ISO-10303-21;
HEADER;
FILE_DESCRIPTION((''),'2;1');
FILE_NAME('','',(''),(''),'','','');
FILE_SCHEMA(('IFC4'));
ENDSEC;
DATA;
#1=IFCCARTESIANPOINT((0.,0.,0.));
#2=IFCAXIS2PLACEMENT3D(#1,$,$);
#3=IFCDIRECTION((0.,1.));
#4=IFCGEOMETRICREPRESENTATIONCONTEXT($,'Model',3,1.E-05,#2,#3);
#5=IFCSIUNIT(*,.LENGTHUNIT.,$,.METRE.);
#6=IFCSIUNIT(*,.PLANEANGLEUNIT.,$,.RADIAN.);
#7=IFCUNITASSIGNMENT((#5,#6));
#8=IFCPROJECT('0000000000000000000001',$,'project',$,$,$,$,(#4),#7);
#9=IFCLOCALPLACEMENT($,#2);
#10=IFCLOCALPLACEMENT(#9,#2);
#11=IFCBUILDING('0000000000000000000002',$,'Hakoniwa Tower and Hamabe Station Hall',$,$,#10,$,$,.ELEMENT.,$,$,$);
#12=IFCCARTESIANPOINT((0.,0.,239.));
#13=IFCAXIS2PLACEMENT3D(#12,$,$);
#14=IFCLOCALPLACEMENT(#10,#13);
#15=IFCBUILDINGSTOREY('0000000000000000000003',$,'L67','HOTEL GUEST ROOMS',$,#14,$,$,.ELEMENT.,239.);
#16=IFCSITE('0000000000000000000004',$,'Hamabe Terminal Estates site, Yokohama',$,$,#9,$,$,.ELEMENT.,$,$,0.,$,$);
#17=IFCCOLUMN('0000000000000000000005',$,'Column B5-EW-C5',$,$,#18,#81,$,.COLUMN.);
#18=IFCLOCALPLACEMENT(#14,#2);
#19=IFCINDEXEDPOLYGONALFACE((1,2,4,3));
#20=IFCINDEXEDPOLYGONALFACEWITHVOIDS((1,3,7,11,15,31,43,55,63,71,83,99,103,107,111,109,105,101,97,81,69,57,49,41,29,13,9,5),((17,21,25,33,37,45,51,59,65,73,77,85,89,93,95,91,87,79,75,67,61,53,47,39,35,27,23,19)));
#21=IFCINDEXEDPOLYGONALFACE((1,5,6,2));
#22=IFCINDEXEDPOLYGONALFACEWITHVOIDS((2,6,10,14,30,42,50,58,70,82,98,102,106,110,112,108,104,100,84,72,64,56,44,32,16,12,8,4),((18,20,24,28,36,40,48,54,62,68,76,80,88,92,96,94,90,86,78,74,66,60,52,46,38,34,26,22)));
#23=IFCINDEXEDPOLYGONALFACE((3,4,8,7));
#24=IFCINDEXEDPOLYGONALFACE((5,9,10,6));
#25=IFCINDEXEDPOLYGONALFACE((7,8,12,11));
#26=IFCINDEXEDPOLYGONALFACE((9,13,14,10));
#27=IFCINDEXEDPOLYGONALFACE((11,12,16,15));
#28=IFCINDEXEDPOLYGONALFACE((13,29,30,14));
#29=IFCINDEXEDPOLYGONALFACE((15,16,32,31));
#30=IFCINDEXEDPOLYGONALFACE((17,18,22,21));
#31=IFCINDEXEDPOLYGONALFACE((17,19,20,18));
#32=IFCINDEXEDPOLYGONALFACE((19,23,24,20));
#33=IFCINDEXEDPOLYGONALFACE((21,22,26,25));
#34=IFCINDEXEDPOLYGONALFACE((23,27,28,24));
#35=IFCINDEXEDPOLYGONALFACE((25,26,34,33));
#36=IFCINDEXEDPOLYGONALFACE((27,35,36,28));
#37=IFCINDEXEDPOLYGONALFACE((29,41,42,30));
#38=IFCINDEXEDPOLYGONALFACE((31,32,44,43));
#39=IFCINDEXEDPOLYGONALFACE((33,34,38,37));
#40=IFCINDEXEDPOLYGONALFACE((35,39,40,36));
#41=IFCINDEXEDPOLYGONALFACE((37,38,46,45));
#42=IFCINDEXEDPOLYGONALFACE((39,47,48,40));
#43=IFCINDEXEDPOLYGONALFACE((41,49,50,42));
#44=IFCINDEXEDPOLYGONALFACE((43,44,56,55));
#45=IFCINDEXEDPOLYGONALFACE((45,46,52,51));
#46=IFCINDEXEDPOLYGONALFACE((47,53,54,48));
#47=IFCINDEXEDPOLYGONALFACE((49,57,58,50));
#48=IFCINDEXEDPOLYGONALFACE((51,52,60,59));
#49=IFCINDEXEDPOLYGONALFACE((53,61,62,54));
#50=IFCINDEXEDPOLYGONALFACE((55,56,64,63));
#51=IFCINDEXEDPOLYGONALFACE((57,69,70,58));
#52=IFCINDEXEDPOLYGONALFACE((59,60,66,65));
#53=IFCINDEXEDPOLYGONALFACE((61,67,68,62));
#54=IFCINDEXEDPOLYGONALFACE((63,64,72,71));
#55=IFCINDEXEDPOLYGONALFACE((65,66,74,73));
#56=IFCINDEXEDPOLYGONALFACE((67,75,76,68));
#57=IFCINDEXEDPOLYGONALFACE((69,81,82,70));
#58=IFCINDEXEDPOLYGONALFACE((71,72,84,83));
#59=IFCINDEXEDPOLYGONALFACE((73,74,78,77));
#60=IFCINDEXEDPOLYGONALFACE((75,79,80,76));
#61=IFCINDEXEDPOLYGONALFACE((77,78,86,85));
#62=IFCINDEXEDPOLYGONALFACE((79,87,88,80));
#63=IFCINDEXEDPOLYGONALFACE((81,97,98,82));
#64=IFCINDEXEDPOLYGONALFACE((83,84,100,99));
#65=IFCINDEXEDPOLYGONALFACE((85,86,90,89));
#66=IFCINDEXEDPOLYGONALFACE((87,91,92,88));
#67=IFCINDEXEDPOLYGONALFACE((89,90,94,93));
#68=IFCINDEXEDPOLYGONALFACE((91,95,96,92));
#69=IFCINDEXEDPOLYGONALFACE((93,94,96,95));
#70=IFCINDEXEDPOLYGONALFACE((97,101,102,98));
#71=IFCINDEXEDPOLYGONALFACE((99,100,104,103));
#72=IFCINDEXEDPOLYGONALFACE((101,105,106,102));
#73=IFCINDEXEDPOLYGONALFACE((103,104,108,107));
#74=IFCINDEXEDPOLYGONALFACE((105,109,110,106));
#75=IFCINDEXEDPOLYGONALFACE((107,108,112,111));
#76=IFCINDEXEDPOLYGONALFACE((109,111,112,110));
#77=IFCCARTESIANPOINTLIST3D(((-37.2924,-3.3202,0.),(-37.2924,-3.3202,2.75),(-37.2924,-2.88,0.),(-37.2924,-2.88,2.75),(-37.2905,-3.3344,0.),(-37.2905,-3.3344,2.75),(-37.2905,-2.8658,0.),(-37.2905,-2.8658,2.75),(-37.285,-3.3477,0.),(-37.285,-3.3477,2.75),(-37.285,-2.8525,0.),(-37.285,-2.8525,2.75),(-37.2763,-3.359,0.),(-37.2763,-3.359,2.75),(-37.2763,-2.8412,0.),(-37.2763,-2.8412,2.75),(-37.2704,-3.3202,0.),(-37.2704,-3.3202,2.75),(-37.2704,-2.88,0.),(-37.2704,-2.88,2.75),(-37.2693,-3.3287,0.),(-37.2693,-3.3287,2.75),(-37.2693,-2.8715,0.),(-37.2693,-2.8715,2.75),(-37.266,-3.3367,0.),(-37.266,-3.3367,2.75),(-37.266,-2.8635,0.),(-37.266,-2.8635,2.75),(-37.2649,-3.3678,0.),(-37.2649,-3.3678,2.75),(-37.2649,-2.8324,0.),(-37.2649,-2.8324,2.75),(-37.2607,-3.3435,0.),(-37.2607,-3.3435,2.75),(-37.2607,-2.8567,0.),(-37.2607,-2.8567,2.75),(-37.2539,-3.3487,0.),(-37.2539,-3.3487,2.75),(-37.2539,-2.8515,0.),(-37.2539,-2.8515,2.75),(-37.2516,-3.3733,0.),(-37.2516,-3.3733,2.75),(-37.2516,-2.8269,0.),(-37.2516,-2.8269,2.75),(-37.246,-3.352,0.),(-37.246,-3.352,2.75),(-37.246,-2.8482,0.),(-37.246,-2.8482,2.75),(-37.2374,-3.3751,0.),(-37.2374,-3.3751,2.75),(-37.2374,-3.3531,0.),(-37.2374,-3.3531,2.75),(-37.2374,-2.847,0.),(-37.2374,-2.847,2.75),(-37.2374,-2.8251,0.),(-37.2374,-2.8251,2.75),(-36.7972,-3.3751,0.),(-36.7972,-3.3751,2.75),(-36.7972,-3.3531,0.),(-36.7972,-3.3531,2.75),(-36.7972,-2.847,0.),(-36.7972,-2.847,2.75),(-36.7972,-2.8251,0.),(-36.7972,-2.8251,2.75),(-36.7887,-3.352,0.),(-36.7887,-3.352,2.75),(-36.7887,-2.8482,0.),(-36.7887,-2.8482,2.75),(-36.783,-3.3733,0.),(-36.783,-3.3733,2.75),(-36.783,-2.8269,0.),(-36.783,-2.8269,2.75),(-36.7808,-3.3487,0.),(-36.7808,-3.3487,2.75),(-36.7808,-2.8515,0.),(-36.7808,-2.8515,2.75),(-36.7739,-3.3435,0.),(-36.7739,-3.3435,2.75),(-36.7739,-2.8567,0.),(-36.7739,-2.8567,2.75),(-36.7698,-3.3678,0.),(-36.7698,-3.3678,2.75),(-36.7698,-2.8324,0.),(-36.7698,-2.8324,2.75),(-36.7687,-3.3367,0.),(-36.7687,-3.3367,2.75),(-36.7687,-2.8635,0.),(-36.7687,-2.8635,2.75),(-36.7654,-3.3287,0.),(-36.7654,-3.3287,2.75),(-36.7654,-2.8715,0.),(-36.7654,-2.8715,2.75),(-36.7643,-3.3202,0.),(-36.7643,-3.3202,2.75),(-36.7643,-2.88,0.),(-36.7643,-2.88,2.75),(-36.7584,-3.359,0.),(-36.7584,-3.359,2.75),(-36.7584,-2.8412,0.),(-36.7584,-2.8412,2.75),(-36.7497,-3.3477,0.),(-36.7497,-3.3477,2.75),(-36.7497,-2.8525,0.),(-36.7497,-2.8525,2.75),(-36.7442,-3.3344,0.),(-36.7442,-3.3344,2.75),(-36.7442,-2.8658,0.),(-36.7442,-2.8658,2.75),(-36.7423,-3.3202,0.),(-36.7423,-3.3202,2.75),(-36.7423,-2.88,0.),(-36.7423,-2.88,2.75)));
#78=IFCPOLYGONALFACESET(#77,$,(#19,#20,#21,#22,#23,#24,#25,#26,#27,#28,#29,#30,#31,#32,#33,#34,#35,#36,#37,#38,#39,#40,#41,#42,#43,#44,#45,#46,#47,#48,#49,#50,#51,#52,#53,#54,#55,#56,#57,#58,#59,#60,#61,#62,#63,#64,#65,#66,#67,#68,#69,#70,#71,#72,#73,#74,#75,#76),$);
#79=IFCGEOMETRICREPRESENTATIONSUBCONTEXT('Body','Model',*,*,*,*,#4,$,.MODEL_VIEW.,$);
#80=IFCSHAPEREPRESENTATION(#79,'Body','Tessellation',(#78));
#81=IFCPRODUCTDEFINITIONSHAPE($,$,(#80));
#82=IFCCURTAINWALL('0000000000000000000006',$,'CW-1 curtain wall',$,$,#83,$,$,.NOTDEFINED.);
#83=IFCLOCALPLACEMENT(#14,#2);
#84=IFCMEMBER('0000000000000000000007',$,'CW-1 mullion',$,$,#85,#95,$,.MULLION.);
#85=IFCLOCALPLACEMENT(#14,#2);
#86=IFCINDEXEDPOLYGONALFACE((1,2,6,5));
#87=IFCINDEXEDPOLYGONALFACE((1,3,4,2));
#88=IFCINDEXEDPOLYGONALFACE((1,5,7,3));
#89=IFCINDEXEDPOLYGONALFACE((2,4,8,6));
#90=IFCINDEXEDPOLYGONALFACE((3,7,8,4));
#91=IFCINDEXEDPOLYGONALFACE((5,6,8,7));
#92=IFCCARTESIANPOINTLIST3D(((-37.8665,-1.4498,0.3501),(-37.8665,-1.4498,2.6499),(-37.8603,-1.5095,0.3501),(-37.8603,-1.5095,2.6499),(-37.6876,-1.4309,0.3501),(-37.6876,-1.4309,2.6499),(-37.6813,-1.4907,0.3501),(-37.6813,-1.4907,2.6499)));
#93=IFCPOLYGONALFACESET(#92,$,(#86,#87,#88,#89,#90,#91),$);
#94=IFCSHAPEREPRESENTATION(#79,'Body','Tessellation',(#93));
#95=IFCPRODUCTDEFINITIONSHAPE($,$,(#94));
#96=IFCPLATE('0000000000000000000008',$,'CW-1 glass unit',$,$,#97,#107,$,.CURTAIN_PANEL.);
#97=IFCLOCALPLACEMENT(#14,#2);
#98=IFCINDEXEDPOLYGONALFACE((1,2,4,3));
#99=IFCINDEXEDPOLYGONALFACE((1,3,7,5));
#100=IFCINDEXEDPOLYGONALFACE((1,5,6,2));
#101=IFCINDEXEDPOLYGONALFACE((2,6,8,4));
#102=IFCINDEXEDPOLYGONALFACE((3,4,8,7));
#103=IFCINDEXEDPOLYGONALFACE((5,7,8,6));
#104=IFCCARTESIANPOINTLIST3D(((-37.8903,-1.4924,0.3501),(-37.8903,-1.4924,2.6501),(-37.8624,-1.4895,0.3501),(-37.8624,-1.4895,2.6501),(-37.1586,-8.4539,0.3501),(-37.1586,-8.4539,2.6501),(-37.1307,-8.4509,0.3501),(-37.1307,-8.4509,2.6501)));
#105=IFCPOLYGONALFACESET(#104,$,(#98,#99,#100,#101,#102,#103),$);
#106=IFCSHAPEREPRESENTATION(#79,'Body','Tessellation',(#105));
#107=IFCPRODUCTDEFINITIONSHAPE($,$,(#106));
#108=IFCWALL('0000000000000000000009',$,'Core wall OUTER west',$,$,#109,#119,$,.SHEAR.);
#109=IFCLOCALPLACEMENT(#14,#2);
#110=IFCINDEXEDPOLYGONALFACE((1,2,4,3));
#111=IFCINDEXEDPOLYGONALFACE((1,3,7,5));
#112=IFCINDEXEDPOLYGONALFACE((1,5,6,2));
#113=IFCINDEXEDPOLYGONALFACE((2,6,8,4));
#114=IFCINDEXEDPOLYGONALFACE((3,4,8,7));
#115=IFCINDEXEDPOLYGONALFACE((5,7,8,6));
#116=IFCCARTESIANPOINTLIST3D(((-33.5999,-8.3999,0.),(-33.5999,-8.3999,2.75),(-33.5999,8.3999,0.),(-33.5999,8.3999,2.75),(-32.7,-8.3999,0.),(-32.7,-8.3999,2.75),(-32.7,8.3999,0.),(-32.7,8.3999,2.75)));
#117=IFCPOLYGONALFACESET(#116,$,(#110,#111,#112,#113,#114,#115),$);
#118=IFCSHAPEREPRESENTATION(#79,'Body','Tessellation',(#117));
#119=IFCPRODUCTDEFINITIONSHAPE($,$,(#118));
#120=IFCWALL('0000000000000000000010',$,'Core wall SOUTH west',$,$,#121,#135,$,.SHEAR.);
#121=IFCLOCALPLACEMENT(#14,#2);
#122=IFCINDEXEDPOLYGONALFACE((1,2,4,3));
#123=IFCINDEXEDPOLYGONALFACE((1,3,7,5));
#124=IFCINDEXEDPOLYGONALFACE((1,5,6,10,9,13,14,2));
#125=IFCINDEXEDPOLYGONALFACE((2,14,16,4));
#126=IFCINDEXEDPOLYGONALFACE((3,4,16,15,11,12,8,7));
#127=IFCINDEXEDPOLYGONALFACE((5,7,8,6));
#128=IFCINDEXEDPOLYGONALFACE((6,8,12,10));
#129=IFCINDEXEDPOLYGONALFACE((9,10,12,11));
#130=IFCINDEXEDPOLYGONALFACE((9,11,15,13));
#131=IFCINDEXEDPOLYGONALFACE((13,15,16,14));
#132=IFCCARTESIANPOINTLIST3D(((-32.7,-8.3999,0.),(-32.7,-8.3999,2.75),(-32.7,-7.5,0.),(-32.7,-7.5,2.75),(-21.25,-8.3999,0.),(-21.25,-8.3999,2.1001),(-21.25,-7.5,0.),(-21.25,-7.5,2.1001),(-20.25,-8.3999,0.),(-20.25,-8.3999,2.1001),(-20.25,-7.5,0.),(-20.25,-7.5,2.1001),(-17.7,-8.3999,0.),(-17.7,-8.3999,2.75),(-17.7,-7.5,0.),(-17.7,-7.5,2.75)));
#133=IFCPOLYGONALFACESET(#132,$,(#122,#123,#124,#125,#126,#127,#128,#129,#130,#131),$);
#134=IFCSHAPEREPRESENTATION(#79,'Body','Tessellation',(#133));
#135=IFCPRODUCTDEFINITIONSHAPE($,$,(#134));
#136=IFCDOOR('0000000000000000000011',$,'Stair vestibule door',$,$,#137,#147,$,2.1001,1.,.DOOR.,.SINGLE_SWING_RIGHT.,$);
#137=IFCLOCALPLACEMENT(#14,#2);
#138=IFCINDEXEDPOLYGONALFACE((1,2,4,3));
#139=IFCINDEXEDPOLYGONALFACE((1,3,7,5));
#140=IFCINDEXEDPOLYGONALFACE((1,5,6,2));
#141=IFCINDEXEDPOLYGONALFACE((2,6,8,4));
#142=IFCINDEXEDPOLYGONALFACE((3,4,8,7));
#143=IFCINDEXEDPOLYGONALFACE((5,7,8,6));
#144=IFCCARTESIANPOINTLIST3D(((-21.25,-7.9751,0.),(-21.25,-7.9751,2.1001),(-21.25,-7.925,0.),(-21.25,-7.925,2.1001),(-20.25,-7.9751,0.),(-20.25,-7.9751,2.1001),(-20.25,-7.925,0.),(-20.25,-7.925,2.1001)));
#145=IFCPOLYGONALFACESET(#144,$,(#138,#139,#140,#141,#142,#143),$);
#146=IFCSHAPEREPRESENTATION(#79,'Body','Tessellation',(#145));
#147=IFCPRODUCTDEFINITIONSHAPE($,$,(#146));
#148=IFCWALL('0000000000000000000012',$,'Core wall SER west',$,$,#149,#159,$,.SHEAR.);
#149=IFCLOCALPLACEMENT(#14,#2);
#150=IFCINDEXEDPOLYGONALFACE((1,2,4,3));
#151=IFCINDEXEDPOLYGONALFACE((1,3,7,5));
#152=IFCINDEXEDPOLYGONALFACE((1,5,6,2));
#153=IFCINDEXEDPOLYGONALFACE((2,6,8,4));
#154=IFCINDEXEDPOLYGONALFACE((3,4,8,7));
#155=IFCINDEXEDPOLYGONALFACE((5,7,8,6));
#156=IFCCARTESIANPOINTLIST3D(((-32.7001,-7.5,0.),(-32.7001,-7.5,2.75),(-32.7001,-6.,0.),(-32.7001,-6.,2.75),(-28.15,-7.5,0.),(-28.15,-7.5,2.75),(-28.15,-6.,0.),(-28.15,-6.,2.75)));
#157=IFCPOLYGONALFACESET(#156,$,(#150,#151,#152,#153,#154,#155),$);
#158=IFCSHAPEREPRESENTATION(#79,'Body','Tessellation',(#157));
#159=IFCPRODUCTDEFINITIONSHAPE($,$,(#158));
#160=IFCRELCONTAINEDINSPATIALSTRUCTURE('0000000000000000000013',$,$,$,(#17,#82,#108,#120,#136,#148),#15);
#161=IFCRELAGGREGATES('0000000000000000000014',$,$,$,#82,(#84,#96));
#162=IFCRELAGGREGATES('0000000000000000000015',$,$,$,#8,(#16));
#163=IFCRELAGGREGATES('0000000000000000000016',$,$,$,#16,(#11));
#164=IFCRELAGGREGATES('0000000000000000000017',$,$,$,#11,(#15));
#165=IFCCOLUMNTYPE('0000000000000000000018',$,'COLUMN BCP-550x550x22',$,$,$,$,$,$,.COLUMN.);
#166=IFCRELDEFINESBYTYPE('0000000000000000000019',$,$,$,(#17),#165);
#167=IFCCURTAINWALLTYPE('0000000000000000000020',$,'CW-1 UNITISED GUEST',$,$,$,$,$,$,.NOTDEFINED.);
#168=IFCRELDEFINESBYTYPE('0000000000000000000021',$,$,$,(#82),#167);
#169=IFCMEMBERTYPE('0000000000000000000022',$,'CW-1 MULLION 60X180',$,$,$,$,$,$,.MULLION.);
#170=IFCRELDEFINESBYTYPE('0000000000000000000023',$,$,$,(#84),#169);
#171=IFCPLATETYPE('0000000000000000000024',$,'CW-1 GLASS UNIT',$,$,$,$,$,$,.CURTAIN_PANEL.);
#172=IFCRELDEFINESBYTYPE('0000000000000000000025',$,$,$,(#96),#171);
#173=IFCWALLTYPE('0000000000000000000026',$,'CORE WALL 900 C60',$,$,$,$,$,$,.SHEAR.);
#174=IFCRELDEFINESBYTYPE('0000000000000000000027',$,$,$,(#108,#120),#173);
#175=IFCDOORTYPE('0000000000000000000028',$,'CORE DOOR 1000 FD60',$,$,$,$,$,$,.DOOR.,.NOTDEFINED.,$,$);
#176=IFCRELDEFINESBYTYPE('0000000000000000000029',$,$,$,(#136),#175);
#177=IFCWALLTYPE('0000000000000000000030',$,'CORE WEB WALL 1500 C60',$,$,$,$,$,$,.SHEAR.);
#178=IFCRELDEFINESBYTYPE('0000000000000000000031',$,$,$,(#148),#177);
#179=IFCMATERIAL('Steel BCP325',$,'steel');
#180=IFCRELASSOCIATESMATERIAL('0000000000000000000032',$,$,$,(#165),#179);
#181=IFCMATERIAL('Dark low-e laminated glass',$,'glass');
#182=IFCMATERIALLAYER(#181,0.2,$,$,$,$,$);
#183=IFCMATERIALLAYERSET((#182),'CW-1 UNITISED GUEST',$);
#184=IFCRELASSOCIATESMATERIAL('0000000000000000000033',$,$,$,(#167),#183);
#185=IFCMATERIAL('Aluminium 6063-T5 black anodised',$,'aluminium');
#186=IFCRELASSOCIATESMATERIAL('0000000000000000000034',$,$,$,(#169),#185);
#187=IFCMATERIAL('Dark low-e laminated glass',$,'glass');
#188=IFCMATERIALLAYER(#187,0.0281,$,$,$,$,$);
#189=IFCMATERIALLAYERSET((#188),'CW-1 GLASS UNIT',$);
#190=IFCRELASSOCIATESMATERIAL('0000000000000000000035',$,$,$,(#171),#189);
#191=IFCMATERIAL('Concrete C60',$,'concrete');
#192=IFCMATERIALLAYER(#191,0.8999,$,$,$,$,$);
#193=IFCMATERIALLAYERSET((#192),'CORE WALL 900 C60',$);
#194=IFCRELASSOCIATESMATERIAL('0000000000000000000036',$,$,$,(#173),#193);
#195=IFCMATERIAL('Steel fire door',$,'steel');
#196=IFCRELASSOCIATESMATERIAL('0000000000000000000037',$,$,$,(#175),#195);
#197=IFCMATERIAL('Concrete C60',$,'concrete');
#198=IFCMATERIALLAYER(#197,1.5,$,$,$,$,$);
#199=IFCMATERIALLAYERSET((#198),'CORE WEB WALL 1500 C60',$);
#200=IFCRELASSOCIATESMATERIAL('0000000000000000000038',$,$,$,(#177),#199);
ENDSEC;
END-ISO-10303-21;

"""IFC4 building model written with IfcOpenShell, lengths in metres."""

from ifc_helpers import new_model, si_unit, direction, frame, frame_2d, origin, origin_2d, place, context, subcontext, project, spatial, rectangle, hollow_rectangle, extrude, material, layer, layer_set, material_profile, profile_set, type_object, element, fill, aggregate, save


model = new_model("IFC4")

# Units and contexts
model_context = context("Model", 3, precision=1e-05, world=origin(), true_north=direction((0.0, 1.0)))
body_context = subcontext(model_context, "Body", "Model", "MODEL_VIEW")
ifc_project = project(units=[si_unit("LENGTHUNIT", "METRE"), si_unit("PLANEANGLEUNIT", "RADIAN")], contexts=[model_context])

# Site, building, storey
site_placement = place(None, origin())
site = spatial("IfcSite", under=ifc_project, at=site_placement, Name="Hamabe Terminal Estates site, Yokohama", CompositionType="ELEMENT", RefElevation=0.0)
building_placement = place(site_placement, origin())
building = spatial("IfcBuilding", under=site, at=building_placement, Name="Hakoniwa Tower and Hamabe Station Hall", CompositionType="ELEMENT")
storey_placement = place(building_placement, frame((0.0, 0.0, 239.0)))
storey = spatial("IfcBuildingStorey", under=building, at=storey_placement, Name="L67", Description="HOTEL GUEST ROOMS", CompositionType="ELEMENT", Elevation=239.0)

# Column
ifc_material_1 = material(Name="Steel BCP325", Category="steel")
ifc_material_profile_1 = material_profile(ifc_material_1, hollow_rectangle(XDim=0.55, YDim=0.55, WallThickness=0.022, InnerFilletRadius=0.033, OuterFilletRadius=0.0549, at=origin_2d()), Name="BCP-550x550x22")
ifc_profile_set_1 = profile_set([ifc_material_profile_1], Name="Steel BCP325")
column_type = type_object("IfcColumnType", Name="COLUMN BCP-550x550x22", PredefinedType="COLUMN", material=ifc_profile_set_1)
column_placement = place(storey_placement, frame((-37.0173, -3.1001, 0.0), z_axis=(0.0, 0.0, 1.0), x_axis=(1.0, 0.0, 0.0)))
element("IfcColumn", 1, at=column_placement, inside=storey, type_object=column_type, Name="Column B5-EW-C5", PredefinedType="COLUMN", context=body_context, shape_type="SweptSolid", body=[
    extrude(hollow_rectangle(XDim=0.55, YDim=0.55, WallThickness=0.022, InnerFilletRadius=0.033, OuterFilletRadius=0.0549, at=origin_2d()), origin(), (0.0, 0.0, 1.0), 2.75),
])

# Curtain wall, member, plate
ifc_material_2 = material(Name="Dark low-e laminated glass", Category="glass")
ifc_layer_1 = layer(ifc_material_2, 0.2)
ifc_layer_set_1 = layer_set([ifc_layer_1], Name="CW-1 UNITISED GUEST")
curtain_wall_type = type_object("IfcCurtainWallType", Name="CW-1 UNITISED GUEST", PredefinedType="NOTDEFINED", material=ifc_layer_set_1)
curtain_wall_placement = place(storey_placement, origin())
curtain_wall = element("IfcCurtainWall", 2, at=curtain_wall_placement, inside=storey, type_object=curtain_wall_type, Name="CW-1 curtain wall", PredefinedType="NOTDEFINED")
ifc_material_3 = material(Name="Aluminium 6063-T5 black anodised", Category="aluminium")
ifc_material_profile_2 = material_profile(ifc_material_3, rectangle(XDim=0.0601, YDim=0.1799, at=origin_2d()), Name="CW-1 MULLION 60X180")
ifc_profile_set_2 = profile_set([ifc_material_profile_2], Name="Aluminium 6063-T5 black anodised")
member_type = type_object("IfcMemberType", Name="CW-1 MULLION 60X180", PredefinedType="MULLION", material=ifc_profile_set_2)
member_placement = place(storey_placement, frame((-37.7739, -1.4702, 0.3501), z_axis=(0.0, 0.0, 1.0), x_axis=(0.104528, -0.994522, 0.0)))
member = element("IfcMember", 3, at=member_placement, type_object=member_type, Name="CW-1 mullion", PredefinedType="MULLION", context=body_context, shape_type="SweptSolid", body=[
    extrude(rectangle(XDim=0.0601, YDim=0.1799, at=origin_2d()), origin(), (0.0, 0.0, 1.0), 2.2998),
])
ifc_material_4 = material(Name="Dark low-e laminated glass", Category="glass")
ifc_layer_2 = layer(ifc_material_4, 0.0281)
ifc_layer_set_2 = layer_set([ifc_layer_2], Name="CW-1 GLASS UNIT")
plate_type = type_object("IfcPlateType", Name="CW-1 GLASS UNIT", PredefinedType="CURTAIN_PANEL", material=ifc_layer_set_2)
plate_placement = place(storey_placement, frame((-37.5105, -4.9717, 0.3501), z_axis=(0.0, 0.0, 1.0), x_axis=(0.104528, -0.994522, 0.0)))
plate = element("IfcPlate", 4, at=plate_placement, type_object=plate_type, Name="CW-1 glass unit", PredefinedType="CURTAIN_PANEL", context=body_context, shape_type="SweptSolid", body=[
    extrude(rectangle(XDim=6.9998, YDim=0.0281, at=origin_2d()), origin(), (0.0, 0.0, 1.0), 2.3),
])
aggregate(curtain_wall, [member, plate])

# Wall
ifc_material_5 = material(Name="Concrete C60", Category="concrete")
ifc_layer_3 = layer(ifc_material_5, 0.8999)
ifc_layer_set_3 = layer_set([ifc_layer_3], Name="CORE WALL 900 C60")
wall_type_1 = type_object("IfcWallType", Name="CORE WALL 900 C60", PredefinedType="SHEAR", material=ifc_layer_set_3)
wall_1_placement = place(storey_placement, frame((-33.1499, -8.3999, 0.0), z_axis=(0.0, 0.0, 1.0), x_axis=(0.0, 1.0, 0.0)))
element("IfcWall", 5, at=wall_1_placement, inside=storey, type_object=wall_type_1, Name="Core wall OUTER west", PredefinedType="SHEAR", context=body_context, shape_type="SweptSolid", body=[
    extrude(rectangle(XDim=16.7998, YDim=0.8999, at=frame_2d((8.3999, 0.0))), origin(), (0.0, 0.0, 1.0), 2.75),
])

# Wall, opening, door
wall_2_placement = place(storey_placement, frame((-32.7, -7.95, 0.0), z_axis=(0.0, 0.0, 1.0), x_axis=(1.0, 0.0, 0.0)))
wall_2 = element("IfcWall", 6, at=wall_2_placement, inside=storey, type_object=wall_type_1, Name="Core wall SOUTH west", PredefinedType="SHEAR", context=body_context, shape_type="SweptSolid", body=[
    extrude(rectangle(XDim=15.0, YDim=0.8999, at=frame_2d((7.5, 0.0))), origin(), (0.0, 0.0, 1.0), 2.75),
])
opening_1_placement = place(wall_2_placement, frame((11.45, 0.0, 0.0)))
opening_1 = element("IfcOpeningElement", 7, at=opening_1_placement, cuts=wall_2, PredefinedType="OPENING", context=body_context, shape_type="SweptSolid", body=[
    extrude(rectangle(XDim=1.0, YDim=2.1001, at=frame_2d((0.5, 1.05))), frame((0.0, 0.46, 0.0), z_axis=(0.0, -1.0, 0.0), x_axis=(1.0, 0.0, 0.0)), (0.0, 0.0, 1.0), 0.9199),
])
ifc_material_6 = material(Name="Steel fire door", Category="steel")
door_type_1 = type_object("IfcDoorType", Name="CORE DOOR 1000 FD60", OperationType="NOTDEFINED", PredefinedType="DOOR", material=ifc_material_6)
door_1_placement = place(opening_1_placement, origin())
door_1 = element("IfcDoor", 8, at=door_1_placement, inside=storey, type_object=door_type_1, Name="Stair vestibule door", OperationType="SINGLE_SWING_RIGHT", OverallHeight=2.1001, OverallWidth=1.0, PredefinedType="DOOR", context=body_context, shape_type="SweptSolid", body=[
    extrude(rectangle(XDim=1.0, YDim=2.1001, at=frame_2d((0.5, 1.05))), frame((0.0, 0.0249, 0.0), z_axis=(0.0, -1.0, 0.0), x_axis=(1.0, 0.0, 0.0)), (0.0, 0.0, 1.0), 0.05),
])
fill(opening_1, door_1)

# Wall
ifc_material_7 = material(Name="Concrete C60", Category="concrete")
ifc_layer_4 = layer(ifc_material_7, 1.5)
ifc_layer_set_4 = layer_set([ifc_layer_4], Name="CORE WEB WALL 1500 C60")
wall_type_2 = type_object("IfcWallType", Name="CORE WEB WALL 1500 C60", PredefinedType="SHEAR", material=ifc_layer_set_4)
wall_3_placement = place(storey_placement, frame((-32.7, -6.75, 0.0), z_axis=(0.0, 0.0, 1.0), x_axis=(1.0, 0.0, 0.0)))
element("IfcWall", 9, at=wall_3_placement, inside=storey, type_object=wall_type_2, Name="Core wall SER west", PredefinedType="SHEAR", context=body_context, shape_type="SweptSolid", body=[
    extrude(rectangle(XDim=4.55, YDim=1.5, at=frame_2d((2.2749, 0.0))), origin(), (0.0, 0.0, 1.0), 2.75),
])

save(model, "model.ifc")
